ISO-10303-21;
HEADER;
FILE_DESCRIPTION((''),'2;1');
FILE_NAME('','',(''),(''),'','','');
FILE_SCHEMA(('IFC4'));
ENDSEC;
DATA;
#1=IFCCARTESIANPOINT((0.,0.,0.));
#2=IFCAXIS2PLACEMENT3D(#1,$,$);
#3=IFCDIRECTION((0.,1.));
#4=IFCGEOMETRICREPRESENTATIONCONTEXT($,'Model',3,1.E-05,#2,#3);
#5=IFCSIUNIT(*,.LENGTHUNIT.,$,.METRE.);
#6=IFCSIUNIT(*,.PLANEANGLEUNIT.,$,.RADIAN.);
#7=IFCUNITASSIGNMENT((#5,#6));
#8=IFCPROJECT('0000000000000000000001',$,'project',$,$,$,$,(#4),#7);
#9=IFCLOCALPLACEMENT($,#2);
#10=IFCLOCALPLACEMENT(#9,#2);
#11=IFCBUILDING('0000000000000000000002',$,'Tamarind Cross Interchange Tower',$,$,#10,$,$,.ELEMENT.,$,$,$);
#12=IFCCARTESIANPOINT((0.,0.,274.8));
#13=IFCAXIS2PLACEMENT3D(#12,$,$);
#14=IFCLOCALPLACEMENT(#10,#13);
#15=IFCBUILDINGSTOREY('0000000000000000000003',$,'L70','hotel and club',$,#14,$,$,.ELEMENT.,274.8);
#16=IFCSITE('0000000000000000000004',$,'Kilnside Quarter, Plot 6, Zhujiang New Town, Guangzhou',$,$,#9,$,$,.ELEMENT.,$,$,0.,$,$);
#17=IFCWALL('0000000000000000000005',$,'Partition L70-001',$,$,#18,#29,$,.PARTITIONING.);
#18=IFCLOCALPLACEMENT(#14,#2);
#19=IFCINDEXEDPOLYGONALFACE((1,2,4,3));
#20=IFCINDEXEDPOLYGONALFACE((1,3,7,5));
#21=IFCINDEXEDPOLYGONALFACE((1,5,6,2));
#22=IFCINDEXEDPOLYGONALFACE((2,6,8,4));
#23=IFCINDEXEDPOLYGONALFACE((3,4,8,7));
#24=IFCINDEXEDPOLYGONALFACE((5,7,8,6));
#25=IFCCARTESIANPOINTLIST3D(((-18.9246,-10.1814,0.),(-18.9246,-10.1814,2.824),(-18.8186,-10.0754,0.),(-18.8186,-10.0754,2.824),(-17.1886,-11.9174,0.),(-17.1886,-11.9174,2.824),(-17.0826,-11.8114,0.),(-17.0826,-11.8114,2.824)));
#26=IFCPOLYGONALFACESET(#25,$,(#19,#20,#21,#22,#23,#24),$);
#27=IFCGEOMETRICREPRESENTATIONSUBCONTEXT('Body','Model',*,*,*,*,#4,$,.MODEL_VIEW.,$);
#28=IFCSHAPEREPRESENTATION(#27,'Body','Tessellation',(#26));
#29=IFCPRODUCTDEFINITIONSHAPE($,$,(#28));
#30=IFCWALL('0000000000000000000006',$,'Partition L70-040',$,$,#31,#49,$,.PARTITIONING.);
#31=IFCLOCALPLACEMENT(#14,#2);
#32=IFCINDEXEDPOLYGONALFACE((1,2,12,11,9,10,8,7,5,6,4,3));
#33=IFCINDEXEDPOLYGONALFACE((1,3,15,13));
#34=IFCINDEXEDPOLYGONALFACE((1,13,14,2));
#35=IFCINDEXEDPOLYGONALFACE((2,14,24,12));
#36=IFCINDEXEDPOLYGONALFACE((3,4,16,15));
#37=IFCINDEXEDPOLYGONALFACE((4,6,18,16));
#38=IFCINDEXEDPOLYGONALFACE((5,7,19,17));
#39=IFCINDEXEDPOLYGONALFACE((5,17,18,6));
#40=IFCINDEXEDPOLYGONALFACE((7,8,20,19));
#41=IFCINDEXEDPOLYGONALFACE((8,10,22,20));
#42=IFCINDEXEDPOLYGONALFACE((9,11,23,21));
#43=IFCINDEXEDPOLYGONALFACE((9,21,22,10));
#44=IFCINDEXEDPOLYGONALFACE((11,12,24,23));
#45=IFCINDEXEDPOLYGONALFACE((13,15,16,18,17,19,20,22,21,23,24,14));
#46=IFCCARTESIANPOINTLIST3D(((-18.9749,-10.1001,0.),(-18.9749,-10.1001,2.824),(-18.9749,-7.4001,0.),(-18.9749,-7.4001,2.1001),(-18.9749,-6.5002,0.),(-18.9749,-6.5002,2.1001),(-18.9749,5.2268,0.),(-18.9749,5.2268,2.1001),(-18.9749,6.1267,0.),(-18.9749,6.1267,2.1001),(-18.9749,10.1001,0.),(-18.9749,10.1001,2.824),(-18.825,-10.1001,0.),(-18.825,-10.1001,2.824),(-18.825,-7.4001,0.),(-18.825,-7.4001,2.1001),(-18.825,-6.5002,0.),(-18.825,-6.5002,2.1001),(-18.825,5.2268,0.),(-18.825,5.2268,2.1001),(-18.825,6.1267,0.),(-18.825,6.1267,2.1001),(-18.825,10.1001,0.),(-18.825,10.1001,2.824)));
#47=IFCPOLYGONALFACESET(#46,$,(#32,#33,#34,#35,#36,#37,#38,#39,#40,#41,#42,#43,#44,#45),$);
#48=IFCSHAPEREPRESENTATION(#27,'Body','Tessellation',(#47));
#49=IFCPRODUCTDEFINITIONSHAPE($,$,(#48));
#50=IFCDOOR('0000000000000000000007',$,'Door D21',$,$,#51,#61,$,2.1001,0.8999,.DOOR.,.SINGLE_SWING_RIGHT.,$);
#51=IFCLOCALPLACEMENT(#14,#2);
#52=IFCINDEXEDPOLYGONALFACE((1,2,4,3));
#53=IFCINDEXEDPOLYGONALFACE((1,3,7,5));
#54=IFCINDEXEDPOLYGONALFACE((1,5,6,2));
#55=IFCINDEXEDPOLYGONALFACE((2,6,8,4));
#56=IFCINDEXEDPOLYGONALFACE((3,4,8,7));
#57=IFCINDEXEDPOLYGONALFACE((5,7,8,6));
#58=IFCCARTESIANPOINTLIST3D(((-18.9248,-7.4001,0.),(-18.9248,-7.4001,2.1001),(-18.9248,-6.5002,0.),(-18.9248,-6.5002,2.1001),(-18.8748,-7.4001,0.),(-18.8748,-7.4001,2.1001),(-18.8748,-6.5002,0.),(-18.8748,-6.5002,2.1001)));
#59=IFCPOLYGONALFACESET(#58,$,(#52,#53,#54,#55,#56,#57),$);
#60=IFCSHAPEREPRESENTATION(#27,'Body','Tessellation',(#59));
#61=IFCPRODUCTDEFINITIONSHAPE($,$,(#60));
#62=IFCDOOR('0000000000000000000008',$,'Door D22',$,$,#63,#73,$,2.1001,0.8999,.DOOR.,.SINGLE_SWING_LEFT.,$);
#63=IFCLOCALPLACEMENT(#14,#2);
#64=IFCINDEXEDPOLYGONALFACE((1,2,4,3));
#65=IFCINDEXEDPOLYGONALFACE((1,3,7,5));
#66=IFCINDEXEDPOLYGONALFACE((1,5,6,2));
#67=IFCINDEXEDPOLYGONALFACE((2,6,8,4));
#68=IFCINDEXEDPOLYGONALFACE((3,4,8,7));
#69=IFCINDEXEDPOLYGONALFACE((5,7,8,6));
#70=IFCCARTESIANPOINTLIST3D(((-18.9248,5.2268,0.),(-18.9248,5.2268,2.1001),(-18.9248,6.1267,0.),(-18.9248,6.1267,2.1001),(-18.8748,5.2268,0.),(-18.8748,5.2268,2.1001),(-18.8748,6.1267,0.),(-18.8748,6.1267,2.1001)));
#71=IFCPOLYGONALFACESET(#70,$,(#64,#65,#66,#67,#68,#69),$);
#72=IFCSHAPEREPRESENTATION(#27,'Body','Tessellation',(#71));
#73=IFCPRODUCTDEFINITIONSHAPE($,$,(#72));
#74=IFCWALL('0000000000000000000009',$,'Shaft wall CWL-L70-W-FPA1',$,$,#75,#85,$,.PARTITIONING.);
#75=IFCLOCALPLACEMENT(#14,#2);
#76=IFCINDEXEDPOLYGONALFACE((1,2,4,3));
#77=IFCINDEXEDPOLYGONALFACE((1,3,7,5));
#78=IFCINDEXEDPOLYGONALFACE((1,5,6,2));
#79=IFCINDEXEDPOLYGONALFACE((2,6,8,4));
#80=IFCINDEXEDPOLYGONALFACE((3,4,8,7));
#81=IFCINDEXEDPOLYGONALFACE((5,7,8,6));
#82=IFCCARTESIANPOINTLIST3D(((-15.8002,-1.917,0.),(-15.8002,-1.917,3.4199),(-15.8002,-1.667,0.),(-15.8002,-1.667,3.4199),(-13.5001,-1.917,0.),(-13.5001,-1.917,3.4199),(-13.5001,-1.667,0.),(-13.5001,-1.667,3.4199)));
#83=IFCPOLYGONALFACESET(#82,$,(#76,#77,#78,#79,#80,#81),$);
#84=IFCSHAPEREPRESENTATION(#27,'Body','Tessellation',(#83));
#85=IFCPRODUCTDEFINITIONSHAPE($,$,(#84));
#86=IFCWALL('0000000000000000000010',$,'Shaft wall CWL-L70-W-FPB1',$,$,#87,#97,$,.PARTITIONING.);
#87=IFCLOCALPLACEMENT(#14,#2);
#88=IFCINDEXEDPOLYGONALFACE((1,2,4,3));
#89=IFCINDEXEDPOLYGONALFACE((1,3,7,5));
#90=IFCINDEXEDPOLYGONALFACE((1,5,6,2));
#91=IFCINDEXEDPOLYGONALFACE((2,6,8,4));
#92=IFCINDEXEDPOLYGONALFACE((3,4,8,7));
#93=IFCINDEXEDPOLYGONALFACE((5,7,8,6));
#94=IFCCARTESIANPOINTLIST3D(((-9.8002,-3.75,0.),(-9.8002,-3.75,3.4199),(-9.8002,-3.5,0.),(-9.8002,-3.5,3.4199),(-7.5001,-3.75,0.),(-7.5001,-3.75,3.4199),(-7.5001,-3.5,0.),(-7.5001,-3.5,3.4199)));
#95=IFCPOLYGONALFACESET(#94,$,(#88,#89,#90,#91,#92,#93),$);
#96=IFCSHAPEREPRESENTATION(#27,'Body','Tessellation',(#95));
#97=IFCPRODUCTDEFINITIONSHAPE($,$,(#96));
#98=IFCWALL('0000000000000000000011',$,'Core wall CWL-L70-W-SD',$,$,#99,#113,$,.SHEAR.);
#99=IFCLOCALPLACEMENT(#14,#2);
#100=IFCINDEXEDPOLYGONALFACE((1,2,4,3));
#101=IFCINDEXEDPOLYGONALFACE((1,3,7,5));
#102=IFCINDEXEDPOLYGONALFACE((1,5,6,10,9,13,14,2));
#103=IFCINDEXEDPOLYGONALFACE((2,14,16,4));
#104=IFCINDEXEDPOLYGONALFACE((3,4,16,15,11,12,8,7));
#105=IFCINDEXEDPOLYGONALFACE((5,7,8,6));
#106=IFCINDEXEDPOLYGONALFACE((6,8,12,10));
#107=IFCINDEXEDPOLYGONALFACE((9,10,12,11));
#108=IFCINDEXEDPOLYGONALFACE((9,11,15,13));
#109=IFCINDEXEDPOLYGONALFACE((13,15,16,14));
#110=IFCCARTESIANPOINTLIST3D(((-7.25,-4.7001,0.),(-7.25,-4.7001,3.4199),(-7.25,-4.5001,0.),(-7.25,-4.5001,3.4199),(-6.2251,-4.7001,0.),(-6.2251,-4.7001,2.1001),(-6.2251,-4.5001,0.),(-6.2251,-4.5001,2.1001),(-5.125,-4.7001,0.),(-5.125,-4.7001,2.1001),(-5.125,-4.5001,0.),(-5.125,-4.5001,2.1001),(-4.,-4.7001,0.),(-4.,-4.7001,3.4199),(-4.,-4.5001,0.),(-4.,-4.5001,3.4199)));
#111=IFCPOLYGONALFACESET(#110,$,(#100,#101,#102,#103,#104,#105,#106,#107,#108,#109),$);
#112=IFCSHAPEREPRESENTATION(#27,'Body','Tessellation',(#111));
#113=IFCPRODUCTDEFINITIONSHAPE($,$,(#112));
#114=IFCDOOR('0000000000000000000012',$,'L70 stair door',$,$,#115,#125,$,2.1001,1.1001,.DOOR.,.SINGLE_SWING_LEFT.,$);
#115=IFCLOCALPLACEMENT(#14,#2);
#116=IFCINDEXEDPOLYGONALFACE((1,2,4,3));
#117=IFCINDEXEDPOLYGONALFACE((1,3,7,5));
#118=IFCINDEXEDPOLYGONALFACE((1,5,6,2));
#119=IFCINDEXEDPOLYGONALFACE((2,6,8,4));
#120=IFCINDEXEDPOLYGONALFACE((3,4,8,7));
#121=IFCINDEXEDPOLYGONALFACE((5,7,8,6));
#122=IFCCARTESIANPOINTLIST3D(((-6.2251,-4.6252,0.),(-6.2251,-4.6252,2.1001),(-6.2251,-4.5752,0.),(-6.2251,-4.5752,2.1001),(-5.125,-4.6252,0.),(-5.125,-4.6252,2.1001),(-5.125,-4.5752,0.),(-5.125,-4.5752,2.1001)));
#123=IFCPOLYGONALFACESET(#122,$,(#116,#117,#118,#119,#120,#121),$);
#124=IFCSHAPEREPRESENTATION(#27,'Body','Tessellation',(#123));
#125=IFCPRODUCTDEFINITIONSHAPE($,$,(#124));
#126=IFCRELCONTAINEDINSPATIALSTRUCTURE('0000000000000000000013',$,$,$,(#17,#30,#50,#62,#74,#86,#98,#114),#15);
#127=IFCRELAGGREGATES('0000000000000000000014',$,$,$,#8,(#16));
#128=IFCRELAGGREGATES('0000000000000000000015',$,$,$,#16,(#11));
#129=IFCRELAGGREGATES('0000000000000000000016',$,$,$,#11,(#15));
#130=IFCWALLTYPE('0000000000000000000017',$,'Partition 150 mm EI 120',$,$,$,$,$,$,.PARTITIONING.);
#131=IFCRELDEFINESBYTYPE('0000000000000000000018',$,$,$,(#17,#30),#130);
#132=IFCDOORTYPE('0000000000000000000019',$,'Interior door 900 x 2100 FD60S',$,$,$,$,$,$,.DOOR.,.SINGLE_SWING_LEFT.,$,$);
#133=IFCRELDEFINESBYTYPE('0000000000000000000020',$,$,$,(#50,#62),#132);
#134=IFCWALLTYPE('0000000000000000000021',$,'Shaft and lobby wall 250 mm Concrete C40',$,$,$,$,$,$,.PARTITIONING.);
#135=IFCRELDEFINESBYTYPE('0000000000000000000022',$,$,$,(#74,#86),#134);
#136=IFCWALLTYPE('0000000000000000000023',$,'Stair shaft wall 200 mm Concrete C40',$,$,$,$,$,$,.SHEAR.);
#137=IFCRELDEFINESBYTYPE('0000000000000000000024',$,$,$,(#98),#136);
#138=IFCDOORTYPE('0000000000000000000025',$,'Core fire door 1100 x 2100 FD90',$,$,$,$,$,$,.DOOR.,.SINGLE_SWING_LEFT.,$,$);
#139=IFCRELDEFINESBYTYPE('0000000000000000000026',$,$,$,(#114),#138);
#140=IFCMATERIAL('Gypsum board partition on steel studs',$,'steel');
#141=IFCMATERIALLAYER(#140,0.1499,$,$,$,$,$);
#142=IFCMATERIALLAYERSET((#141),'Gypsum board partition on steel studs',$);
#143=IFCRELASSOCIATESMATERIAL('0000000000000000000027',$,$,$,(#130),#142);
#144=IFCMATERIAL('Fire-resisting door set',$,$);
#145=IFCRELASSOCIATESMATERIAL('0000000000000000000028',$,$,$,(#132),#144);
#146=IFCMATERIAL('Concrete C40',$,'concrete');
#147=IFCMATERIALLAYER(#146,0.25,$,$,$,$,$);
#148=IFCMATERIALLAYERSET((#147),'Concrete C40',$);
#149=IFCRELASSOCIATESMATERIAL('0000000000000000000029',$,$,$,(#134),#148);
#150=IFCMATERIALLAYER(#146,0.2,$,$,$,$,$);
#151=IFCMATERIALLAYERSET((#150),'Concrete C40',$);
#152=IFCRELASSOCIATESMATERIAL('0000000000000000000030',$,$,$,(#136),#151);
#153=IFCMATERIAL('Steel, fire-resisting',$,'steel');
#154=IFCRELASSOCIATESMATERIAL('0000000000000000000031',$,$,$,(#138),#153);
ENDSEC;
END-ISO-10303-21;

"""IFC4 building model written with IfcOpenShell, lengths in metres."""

from ifc_helpers import new_model, si_unit, direction, frame, frame_2d, origin, place, context, subcontext, project, spatial, rectangle, extrude, material, layer, layer_set, type_object, element, fill, save


model = new_model("IFC4")

# Units and contexts
model_context = context("Model", 3, precision=1e-05, world=origin(), true_north=direction((0.0, 1.0)))
body_context = subcontext(model_context, "Body", "Model", "MODEL_VIEW")
ifc_project = project(units=[si_unit("LENGTHUNIT", "METRE"), si_unit("PLANEANGLEUNIT", "RADIAN")], contexts=[model_context])

# Site, building, storey
site_placement = place(None, origin())
site = spatial("IfcSite", under=ifc_project, at=site_placement, Name="Kilnside Quarter, Plot 6, Zhujiang New Town, Guangzhou", CompositionType="ELEMENT", RefElevation=0.0)
building_placement = place(site_placement, origin())
building = spatial("IfcBuilding", under=site, at=building_placement, Name="Tamarind Cross Interchange Tower", CompositionType="ELEMENT")
storey_placement = place(building_placement, frame((0.0, 0.0, 274.8)))
storey = spatial("IfcBuildingStorey", under=building, at=storey_placement, Name="L70", Description="hotel and club", CompositionType="ELEMENT", Elevation=274.8)

# Shared definitions
ifc_material_1 = material(Name="Steel, fire-resisting", Category="steel")

# Wall
ifc_material_2 = material(Name="Gypsum board partition on steel studs", Category="steel")
ifc_layer_1 = layer(ifc_material_2, 0.1499)
ifc_layer_set_1 = layer_set([ifc_layer_1], Name="Gypsum board partition on steel studs")
wall_type_1 = type_object("IfcWallType", Name="Partition 150 mm EI 120", PredefinedType="PARTITIONING", material=ifc_layer_set_1)
wall_1_placement = place(storey_placement, frame((-18.8716, -10.1284, 0.0), z_axis=(0.0, 0.0, 1.0), x_axis=(0.707107, -0.707107, 0.0)))
element("IfcWall", 1, at=wall_1_placement, inside=storey, type_object=wall_type_1, Name="Partition L70-001", PredefinedType="PARTITIONING", context=body_context, shape_type="SweptSolid", body=[
    extrude(rectangle(XDim=2.4551, YDim=0.1499, at=frame_2d((1.2275, 0.0))), origin(), (0.0, 0.0, 1.0), 2.824),
])

# Wall, openings, doors
wall_2_placement = place(storey_placement, frame((-18.8999, -10.1001, 0.0), z_axis=(0.0, 0.0, 1.0), x_axis=(0.0, 1.0, 0.0)))
wall_2 = element("IfcWall", 2, at=wall_2_placement, inside=storey, type_object=wall_type_1, Name="Partition L70-040", PredefinedType="PARTITIONING", context=body_context, shape_type="SweptSolid", body=[
    extrude(rectangle(XDim=20.2002, YDim=0.1499, at=frame_2d((10.1001, 0.0))), origin(), (0.0, 0.0, 1.0), 2.824),
])
opening_1_placement = place(wall_2_placement, frame((2.7, 0.0, 0.0)))
opening_1 = element("IfcOpeningElement", 3, at=opening_1_placement, cuts=wall_2, PredefinedType="OPENING", context=body_context, shape_type="SweptSolid", body=[
    extrude(rectangle(XDim=0.8999, YDim=2.1001, at=frame_2d((0.45, 1.05))), frame((0.0, 0.085, 0.0), z_axis=(0.0, -1.0, 0.0), x_axis=(1.0, 0.0, 0.0)), (0.0, 0.0, 1.0), 0.1699),
])
opening_2_placement = place(wall_2_placement, frame((15.3269, 0.0, 0.0)))
opening_2 = element("IfcOpeningElement", 4, at=opening_2_placement, cuts=wall_2, PredefinedType="OPENING", context=body_context, shape_type="SweptSolid", body=[
    extrude(rectangle(XDim=0.8999, YDim=2.1001, at=frame_2d((0.45, 1.05))), frame((0.0, 0.085, 0.0), z_axis=(0.0, -1.0, 0.0), x_axis=(1.0, 0.0, 0.0)), (0.0, 0.0, 1.0), 0.1699),
])
ifc_material_3 = material(Name="Fire-resisting door set")
door_type_1 = type_object("IfcDoorType", Name="Interior door 900 x 2100 FD60S", OperationType="SINGLE_SWING_LEFT", PredefinedType="DOOR", material=ifc_material_3)
door_1_placement = place(opening_1_placement, origin())
door_1 = element("IfcDoor", 5, at=door_1_placement, inside=storey, type_object=door_type_1, Name="Door D21", OperationType="SINGLE_SWING_RIGHT", OverallHeight=2.1001, OverallWidth=0.8999, PredefinedType="DOOR", context=body_context, shape_type="SweptSolid", body=[
    extrude(rectangle(XDim=0.8999, YDim=2.1001, at=frame_2d((0.45, 1.05))), frame((0.0, 0.0249, 0.0), z_axis=(0.0, -1.0, 0.0), x_axis=(1.0, 0.0, 0.0)), (0.0, 0.0, 1.0), 0.05),
])
fill(opening_1, door_1)
door_2_placement = place(opening_2_placement, origin())
door_2 = element("IfcDoor", 6, at=door_2_placement, inside=storey, type_object=door_type_1, Name="Door D22", OperationType="SINGLE_SWING_LEFT", OverallHeight=2.1001, OverallWidth=0.8999, PredefinedType="DOOR", context=body_context, shape_type="SweptSolid", body=[
    extrude(rectangle(XDim=0.8999, YDim=2.1001, at=frame_2d((0.45, 1.05))), frame((0.0, 0.0249, 0.0), z_axis=(0.0, -1.0, 0.0), x_axis=(1.0, 0.0, 0.0)), (0.0, 0.0, 1.0), 0.05),
])
fill(opening_2, door_2)

# Walls
ifc_material_4 = material(Name="Concrete C40", Category="concrete")
ifc_layer_2 = layer(ifc_material_4, 0.25)
ifc_layer_set_2 = layer_set([ifc_layer_2], Name="Concrete C40")
wall_type_2 = type_object("IfcWallType", Name="Shaft and lobby wall 250 mm Concrete C40", PredefinedType="PARTITIONING", material=ifc_layer_set_2)
for number, where, z_axis, x_axis, name in (
    (7, (-15.8, -1.792, 0.0), (0.0, 0.0, 1.0), (1.0, 0.0, 0.0), "Shaft wall CWL-L70-W-FPA1"),
    (8, (-9.8, -3.625, 0.0), (0.0, 0.0, 1.0), (1.0, 0.0, 0.0), "Shaft wall CWL-L70-W-FPB1"),
):
    element("IfcWall", number, at=place(storey_placement, frame(where, z_axis=z_axis, x_axis=x_axis)), inside=storey, type_object=wall_type_2, Name=name, PredefinedType="PARTITIONING", context=body_context, shape_type="SweptSolid", body=[
        extrude(rectangle(XDim=2.3, YDim=0.25, at=frame_2d((1.1499, 0.0))), origin(), (0.0, 0.0, 1.0), 3.4199),
    ])

# Wall, opening, door
ifc_layer_3 = layer(ifc_material_4, 0.2)
ifc_layer_set_3 = layer_set([ifc_layer_3], Name="Concrete C40")
wall_type_3 = type_object("IfcWallType", Name="Stair shaft wall 200 mm Concrete C40", PredefinedType="SHEAR", material=ifc_layer_set_3)
wall_3_placement = place(storey_placement, frame((-7.25, -4.6001, 0.0), z_axis=(0.0, 0.0, 1.0), x_axis=(1.0, 0.0, 0.0)))
wall_3 = element("IfcWall", 9, at=wall_3_placement, inside=storey, type_object=wall_type_3, Name="Core wall CWL-L70-W-SD", PredefinedType="SHEAR", context=body_context, shape_type="SweptSolid", body=[
    extrude(rectangle(XDim=3.25, YDim=0.2, at=frame_2d((1.625, 0.0))), origin(), (0.0, 0.0, 1.0), 3.4199),
])
opening_3_placement = place(wall_3_placement, frame((1.0249, 0.0, 0.0)))
opening_3 = element("IfcOpeningElement", 10, at=opening_3_placement, cuts=wall_3, PredefinedType="OPENING", context=body_context, shape_type="SweptSolid", body=[
    extrude(rectangle(XDim=1.1001, YDim=2.1001, at=frame_2d((0.55, 1.05))), frame((0.0, 0.1099, 0.0), z_axis=(0.0, -1.0, 0.0), x_axis=(1.0, 0.0, 0.0)), (0.0, 0.0, 1.0), 0.22),
])
door_type_2 = type_object("IfcDoorType", Name="Core fire door 1100 x 2100 FD90", OperationType="SINGLE_SWING_LEFT", PredefinedType="DOOR", material=ifc_material_1)
door_3_placement = place(opening_3_placement, origin())
door_3 = element("IfcDoor", 11, at=door_3_placement, inside=storey, type_object=door_type_2, Name="L70 stair door", OperationType="SINGLE_SWING_LEFT", OverallHeight=2.1001, OverallWidth=1.1001, PredefinedType="DOOR", context=body_context, shape_type="SweptSolid", body=[
    extrude(rectangle(XDim=1.1001, YDim=2.1001, at=frame_2d((0.55, 1.05))), frame((0.0, 0.0249, 0.0), z_axis=(0.0, -1.0, 0.0), x_axis=(1.0, 0.0, 0.0)), (0.0, 0.0, 1.0), 0.05),
])
fill(opening_3, door_3)

save(model, "model.ifc")
